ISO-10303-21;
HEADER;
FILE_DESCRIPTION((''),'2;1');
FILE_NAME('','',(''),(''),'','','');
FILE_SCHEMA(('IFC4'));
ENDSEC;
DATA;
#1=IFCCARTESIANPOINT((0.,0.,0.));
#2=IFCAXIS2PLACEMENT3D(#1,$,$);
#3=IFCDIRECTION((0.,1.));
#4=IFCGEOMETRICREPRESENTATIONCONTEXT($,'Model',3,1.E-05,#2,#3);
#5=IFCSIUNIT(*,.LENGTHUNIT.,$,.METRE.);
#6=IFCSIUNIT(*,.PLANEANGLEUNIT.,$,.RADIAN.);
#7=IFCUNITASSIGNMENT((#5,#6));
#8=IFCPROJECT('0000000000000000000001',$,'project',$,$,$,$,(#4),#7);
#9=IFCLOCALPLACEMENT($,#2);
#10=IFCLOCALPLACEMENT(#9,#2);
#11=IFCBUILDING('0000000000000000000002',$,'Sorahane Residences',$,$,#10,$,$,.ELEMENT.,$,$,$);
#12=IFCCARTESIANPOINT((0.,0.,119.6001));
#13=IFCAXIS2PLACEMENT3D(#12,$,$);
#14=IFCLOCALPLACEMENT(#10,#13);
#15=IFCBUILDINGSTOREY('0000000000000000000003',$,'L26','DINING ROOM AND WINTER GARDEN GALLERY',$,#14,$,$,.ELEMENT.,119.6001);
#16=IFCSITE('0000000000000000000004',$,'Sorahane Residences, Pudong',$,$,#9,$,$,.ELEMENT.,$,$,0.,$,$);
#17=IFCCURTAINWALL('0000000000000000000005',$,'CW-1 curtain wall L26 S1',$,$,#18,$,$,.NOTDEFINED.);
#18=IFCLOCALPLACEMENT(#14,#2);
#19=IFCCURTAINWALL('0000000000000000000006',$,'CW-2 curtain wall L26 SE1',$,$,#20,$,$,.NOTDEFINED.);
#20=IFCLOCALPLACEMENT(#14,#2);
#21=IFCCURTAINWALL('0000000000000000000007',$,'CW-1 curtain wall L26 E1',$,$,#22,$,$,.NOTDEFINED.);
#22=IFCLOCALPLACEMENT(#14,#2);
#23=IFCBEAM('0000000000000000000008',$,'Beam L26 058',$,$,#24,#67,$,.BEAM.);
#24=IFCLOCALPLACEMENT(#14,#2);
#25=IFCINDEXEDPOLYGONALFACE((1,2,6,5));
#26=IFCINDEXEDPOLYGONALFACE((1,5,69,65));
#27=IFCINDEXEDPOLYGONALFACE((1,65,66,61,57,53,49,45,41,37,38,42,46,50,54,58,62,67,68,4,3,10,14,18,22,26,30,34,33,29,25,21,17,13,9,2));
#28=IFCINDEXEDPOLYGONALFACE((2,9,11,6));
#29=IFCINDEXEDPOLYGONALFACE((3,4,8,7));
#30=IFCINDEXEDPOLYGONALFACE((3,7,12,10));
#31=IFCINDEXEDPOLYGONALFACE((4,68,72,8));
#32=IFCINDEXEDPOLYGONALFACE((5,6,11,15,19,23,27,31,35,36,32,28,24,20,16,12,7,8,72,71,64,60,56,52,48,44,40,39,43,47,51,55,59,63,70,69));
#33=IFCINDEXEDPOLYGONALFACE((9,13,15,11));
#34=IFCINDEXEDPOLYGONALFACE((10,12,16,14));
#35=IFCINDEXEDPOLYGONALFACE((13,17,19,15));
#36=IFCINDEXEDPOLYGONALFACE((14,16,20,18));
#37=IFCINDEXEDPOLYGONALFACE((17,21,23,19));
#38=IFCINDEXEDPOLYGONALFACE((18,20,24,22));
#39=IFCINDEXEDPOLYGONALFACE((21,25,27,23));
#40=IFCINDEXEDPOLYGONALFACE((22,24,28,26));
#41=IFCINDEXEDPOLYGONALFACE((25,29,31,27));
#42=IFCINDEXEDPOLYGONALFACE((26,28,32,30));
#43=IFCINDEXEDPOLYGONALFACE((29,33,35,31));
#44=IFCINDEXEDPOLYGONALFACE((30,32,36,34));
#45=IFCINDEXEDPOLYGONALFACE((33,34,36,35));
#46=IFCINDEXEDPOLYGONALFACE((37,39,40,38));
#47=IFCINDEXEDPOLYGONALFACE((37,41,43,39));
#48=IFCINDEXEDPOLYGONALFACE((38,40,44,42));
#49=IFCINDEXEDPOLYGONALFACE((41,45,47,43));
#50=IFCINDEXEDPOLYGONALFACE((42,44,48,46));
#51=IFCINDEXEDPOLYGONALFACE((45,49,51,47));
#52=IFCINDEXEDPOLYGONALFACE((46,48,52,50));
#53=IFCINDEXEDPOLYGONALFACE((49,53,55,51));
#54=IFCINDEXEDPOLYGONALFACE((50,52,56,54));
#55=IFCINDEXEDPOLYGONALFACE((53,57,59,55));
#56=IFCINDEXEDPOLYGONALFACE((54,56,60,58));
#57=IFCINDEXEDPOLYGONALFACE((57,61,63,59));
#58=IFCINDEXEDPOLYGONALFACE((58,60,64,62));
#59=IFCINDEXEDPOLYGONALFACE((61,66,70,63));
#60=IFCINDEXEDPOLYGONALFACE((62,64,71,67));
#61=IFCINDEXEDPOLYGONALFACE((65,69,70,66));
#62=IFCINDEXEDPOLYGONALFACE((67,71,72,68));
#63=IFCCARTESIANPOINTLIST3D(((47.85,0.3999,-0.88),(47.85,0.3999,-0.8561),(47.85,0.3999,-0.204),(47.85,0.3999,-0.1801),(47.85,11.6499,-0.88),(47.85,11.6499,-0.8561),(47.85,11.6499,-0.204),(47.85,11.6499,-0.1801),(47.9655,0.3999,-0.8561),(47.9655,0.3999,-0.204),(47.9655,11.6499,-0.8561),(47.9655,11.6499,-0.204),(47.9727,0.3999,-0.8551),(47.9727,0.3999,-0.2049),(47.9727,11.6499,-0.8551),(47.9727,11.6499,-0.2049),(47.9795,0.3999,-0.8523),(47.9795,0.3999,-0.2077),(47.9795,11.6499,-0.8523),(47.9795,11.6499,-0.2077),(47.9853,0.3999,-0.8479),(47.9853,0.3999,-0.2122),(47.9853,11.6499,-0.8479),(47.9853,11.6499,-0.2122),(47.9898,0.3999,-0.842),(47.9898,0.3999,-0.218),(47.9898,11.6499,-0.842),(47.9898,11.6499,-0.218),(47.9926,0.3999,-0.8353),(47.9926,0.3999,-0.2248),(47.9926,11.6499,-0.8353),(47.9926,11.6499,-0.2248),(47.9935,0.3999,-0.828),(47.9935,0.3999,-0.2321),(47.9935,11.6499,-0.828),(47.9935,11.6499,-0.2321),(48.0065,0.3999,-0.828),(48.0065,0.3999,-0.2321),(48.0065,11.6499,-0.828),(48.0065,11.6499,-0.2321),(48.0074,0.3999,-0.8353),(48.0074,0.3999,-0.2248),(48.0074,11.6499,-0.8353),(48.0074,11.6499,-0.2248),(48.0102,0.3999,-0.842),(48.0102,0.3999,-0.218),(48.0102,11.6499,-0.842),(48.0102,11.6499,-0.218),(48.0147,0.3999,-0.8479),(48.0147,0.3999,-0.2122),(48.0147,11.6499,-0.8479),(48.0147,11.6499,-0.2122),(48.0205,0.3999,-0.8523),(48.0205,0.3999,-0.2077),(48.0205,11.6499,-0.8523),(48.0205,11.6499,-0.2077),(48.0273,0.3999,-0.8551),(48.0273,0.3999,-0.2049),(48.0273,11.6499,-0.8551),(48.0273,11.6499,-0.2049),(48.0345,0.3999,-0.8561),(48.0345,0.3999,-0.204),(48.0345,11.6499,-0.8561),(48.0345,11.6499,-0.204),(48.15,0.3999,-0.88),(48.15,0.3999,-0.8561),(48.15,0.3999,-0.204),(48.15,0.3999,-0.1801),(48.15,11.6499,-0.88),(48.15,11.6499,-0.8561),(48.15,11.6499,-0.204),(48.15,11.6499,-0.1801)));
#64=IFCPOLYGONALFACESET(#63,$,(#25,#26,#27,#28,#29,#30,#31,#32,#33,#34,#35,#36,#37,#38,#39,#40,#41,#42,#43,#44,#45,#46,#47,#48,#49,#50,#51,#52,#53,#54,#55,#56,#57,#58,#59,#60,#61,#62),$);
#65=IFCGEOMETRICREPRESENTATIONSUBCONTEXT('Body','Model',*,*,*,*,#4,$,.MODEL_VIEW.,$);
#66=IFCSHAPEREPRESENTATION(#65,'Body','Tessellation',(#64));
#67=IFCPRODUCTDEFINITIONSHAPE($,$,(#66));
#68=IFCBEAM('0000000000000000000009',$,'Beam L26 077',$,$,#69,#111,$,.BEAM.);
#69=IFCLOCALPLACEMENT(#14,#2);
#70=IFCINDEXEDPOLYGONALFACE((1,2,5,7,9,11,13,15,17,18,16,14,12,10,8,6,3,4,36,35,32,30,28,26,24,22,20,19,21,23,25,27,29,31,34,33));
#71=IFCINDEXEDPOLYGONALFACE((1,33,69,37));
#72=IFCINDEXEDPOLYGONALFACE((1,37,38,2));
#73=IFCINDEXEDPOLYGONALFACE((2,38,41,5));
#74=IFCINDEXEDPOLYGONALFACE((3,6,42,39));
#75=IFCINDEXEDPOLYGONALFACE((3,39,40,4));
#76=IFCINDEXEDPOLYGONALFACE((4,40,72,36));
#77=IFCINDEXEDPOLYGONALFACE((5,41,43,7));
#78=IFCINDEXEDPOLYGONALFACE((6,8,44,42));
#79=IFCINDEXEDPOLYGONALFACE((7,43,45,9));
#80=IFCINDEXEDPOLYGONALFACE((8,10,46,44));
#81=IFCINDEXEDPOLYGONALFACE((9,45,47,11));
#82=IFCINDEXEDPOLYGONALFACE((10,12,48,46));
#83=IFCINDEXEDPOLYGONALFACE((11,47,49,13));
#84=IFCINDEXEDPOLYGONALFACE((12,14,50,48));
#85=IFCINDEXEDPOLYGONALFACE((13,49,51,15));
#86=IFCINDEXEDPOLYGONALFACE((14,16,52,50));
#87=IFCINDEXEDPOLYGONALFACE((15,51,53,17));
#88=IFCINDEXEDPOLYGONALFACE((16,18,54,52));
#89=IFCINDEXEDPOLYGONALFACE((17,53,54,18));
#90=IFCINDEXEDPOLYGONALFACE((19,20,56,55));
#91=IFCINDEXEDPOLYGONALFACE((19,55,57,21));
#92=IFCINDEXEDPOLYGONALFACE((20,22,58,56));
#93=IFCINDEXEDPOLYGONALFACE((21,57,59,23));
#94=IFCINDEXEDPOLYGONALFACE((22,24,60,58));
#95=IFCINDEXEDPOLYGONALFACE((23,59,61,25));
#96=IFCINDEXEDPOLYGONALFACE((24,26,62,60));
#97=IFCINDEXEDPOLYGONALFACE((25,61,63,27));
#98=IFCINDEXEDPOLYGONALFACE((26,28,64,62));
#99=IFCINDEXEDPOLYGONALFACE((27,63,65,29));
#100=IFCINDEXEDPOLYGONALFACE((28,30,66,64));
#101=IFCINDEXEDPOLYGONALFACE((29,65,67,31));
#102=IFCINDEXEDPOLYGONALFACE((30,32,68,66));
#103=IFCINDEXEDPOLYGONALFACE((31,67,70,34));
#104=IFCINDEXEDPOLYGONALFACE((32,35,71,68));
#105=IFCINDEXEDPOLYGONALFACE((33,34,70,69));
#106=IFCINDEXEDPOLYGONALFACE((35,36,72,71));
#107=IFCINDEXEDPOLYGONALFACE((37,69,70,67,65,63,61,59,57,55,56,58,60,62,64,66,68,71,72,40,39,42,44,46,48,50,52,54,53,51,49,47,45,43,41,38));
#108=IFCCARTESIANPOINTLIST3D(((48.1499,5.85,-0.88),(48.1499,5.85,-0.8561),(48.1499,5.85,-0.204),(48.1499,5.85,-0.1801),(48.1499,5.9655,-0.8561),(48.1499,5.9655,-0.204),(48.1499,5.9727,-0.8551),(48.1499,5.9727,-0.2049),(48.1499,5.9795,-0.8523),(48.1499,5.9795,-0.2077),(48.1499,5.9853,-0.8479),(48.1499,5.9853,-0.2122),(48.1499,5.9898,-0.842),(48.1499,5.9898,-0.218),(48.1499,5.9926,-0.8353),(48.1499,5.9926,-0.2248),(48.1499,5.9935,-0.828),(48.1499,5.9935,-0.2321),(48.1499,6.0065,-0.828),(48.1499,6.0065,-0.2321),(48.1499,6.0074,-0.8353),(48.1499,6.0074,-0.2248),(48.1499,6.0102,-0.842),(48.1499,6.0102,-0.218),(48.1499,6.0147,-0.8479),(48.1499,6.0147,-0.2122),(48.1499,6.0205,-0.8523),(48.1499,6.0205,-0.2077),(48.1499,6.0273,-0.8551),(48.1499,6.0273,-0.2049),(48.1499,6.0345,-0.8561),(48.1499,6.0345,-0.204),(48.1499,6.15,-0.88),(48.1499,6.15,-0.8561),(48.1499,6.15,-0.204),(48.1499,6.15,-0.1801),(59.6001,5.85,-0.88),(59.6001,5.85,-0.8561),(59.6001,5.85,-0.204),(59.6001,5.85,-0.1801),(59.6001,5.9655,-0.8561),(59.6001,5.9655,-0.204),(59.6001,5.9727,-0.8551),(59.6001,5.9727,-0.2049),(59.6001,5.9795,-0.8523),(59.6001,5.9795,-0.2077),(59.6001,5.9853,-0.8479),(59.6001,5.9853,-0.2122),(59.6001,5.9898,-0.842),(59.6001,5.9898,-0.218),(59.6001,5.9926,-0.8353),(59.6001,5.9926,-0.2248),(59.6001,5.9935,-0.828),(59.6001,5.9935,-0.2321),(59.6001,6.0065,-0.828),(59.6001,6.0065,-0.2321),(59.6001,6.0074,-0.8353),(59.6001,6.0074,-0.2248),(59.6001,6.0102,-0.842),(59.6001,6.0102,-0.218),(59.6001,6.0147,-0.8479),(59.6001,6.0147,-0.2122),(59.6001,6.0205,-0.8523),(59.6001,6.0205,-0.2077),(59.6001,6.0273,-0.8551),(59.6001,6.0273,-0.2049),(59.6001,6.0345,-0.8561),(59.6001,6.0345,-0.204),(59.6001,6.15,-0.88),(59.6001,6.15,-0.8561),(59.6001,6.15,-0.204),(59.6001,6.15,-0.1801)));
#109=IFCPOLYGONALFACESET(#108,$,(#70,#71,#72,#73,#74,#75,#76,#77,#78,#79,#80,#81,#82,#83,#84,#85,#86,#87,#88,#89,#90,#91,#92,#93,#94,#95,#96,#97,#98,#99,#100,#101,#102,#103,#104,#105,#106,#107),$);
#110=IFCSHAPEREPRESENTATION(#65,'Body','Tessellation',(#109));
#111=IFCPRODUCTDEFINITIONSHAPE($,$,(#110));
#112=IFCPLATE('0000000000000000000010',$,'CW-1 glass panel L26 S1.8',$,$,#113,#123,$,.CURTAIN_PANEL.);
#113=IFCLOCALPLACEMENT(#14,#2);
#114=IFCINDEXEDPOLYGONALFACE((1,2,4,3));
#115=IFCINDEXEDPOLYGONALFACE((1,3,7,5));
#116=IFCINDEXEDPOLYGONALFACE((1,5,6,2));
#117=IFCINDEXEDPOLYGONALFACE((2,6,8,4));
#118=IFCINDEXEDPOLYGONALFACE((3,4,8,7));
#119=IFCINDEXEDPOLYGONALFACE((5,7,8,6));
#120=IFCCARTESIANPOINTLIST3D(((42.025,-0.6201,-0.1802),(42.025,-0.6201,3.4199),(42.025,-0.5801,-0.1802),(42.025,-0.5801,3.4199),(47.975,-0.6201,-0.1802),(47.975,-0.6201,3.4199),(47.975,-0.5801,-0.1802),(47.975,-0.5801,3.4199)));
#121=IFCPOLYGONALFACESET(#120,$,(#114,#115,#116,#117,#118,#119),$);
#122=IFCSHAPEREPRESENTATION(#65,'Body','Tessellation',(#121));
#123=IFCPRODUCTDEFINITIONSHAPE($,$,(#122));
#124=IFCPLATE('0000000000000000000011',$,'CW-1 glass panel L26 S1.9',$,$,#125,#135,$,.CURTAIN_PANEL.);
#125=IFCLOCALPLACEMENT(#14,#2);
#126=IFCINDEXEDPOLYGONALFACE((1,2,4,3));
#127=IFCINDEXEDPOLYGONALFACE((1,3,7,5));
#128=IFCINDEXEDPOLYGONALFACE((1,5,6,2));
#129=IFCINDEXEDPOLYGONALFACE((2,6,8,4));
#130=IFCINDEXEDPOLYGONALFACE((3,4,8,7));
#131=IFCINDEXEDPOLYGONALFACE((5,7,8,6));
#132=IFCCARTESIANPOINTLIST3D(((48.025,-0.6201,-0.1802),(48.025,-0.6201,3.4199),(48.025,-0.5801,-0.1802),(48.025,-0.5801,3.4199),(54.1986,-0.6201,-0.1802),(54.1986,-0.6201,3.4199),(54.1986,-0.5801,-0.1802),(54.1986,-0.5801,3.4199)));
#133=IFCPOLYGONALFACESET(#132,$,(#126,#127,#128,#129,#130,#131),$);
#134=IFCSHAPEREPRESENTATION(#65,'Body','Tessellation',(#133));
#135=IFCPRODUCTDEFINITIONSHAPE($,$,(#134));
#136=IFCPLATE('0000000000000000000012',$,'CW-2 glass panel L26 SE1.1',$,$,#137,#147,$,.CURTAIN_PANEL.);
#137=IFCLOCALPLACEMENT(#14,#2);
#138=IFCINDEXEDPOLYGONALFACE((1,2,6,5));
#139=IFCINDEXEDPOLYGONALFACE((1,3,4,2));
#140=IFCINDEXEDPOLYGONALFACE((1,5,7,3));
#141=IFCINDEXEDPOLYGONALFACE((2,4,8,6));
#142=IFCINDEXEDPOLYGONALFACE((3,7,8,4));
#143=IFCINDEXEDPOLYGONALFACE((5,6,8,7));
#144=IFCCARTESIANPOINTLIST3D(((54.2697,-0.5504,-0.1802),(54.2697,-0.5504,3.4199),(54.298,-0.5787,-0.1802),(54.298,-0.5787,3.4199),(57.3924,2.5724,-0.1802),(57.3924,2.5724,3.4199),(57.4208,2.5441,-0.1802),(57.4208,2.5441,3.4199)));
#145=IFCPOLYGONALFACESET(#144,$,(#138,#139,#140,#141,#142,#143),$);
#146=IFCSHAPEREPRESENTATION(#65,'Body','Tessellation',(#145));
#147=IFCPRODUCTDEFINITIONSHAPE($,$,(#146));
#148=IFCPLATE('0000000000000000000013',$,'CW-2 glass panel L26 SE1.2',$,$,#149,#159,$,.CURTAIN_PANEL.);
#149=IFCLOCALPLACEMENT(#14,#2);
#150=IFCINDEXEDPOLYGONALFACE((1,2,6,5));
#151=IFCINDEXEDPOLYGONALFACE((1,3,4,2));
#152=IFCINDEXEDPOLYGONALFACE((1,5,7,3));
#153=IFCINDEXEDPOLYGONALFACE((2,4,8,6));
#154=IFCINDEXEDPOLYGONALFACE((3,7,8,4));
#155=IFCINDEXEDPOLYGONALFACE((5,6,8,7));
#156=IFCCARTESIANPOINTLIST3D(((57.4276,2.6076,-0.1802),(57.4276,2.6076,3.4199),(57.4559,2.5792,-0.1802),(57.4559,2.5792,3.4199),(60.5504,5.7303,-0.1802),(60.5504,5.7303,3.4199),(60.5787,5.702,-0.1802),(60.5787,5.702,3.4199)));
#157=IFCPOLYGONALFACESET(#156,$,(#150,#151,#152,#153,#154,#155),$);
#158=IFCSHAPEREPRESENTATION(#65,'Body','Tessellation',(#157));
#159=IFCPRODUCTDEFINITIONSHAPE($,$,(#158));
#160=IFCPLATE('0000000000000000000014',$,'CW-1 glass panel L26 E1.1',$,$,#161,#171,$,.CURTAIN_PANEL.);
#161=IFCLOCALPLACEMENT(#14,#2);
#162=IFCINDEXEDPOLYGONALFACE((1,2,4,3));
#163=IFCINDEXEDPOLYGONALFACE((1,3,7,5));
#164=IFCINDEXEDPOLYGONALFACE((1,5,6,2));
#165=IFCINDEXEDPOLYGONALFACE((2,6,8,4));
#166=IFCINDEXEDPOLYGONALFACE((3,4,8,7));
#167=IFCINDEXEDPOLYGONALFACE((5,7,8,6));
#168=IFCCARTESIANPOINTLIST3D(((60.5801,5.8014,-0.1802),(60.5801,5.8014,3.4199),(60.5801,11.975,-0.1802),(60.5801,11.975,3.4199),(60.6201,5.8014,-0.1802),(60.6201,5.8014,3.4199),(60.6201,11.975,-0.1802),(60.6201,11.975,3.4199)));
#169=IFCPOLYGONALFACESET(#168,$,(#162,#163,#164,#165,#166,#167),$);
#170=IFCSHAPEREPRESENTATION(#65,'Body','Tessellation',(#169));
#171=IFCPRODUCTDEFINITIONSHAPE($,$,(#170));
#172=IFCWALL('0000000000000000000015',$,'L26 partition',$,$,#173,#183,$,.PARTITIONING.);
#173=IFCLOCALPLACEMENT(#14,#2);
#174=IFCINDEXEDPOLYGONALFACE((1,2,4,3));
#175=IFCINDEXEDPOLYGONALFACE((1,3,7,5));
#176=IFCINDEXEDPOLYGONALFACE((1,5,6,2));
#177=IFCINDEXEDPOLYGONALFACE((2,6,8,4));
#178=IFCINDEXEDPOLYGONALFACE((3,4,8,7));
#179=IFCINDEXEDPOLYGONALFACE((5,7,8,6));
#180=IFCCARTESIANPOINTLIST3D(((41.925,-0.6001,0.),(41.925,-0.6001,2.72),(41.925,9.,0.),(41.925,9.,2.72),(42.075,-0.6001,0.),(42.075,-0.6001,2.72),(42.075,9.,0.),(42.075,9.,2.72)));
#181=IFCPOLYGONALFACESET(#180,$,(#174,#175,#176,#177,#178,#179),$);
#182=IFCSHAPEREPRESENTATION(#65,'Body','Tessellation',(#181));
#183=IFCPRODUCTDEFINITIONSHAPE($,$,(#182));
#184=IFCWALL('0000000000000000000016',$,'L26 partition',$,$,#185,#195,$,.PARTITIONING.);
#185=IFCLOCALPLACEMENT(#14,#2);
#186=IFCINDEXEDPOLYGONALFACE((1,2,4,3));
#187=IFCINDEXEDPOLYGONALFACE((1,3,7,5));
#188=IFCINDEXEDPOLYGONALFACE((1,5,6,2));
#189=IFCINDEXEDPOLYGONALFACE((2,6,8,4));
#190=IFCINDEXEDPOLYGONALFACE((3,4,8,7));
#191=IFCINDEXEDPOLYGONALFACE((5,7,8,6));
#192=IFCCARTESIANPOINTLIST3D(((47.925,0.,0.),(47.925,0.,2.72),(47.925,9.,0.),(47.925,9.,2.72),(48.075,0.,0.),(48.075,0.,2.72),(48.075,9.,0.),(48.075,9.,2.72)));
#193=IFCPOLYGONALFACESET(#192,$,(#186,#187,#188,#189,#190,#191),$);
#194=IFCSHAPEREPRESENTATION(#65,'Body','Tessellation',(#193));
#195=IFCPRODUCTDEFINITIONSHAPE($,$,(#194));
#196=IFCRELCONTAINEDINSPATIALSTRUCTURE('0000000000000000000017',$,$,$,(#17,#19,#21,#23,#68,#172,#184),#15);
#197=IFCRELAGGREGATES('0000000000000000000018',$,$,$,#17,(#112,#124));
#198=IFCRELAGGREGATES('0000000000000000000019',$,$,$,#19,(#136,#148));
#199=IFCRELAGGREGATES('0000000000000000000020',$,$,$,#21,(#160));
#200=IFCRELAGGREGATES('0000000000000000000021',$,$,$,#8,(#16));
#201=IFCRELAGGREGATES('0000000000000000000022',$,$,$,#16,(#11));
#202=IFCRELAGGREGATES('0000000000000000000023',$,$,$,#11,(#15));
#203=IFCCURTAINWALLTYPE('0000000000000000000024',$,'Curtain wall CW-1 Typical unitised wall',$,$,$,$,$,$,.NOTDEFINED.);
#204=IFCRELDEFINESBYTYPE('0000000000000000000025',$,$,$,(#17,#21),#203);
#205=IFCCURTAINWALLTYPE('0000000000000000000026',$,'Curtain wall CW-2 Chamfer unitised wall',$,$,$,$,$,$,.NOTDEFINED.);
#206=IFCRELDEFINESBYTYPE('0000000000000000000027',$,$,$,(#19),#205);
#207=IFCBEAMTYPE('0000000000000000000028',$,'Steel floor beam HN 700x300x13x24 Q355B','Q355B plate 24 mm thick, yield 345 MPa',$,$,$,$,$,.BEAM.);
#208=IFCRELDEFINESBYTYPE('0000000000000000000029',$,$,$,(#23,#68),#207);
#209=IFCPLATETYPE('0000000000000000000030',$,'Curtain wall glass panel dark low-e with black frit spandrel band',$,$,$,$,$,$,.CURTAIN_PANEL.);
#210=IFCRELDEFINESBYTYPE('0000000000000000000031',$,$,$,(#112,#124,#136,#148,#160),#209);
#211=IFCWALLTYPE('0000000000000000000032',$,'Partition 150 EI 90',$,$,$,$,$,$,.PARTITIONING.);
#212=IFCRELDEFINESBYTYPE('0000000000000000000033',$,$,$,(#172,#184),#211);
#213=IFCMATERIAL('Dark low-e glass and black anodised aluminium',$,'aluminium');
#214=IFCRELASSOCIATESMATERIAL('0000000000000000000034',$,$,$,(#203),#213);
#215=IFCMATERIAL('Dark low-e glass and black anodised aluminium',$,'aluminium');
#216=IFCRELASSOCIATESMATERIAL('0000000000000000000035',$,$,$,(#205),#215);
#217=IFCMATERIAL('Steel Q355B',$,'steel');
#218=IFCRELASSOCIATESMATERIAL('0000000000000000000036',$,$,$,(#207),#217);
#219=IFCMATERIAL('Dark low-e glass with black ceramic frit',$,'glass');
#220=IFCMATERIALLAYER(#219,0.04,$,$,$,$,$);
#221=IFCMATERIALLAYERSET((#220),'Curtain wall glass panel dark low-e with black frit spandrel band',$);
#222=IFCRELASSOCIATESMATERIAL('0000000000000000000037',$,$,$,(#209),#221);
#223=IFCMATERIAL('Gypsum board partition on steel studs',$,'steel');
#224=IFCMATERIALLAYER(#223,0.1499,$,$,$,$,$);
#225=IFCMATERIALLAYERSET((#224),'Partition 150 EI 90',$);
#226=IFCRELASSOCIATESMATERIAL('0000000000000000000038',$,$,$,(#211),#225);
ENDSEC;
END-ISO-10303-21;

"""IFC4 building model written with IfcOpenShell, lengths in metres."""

from ifc_helpers import new_model, si_unit, direction, frame, frame_2d, origin, origin_2d, place, context, subcontext, project, spatial, rectangle, i_section, extrude, material, layer, layer_set, material_profile, profile_set, type_object, element, aggregate, save


model = new_model("IFC4")

# Units and contexts
model_context = context("Model", 3, precision=1e-05, world=origin(), true_north=direction((0.0, 1.0)))
body_context = subcontext(model_context, "Body", "Model", "MODEL_VIEW")
ifc_project = project(units=[si_unit("LENGTHUNIT", "METRE"), si_unit("PLANEANGLEUNIT", "RADIAN")], contexts=[model_context])

# Site, building, storey
site_placement = place(None, origin())
site = spatial("IfcSite", under=ifc_project, at=site_placement, Name="Sorahane Residences, Pudong", CompositionType="ELEMENT", RefElevation=0.0)
building_placement = place(site_placement, origin())
building = spatial("IfcBuilding", under=site, at=building_placement, Name="Sorahane Residences", CompositionType="ELEMENT")
storey_placement = place(building_placement, frame((0.0, 0.0, 119.6001)))
storey = spatial("IfcBuildingStorey", under=building, at=storey_placement, Name="L26", Description="DINING ROOM AND WINTER GARDEN GALLERY", CompositionType="ELEMENT", Elevation=119.6001)

# Curtain walls
ifc_material_1 = material(Name="Dark low-e glass and black anodised aluminium", Category="aluminium")
curtain_wall_type_1 = type_object("IfcCurtainWallType", Name="Curtain wall CW-1 Typical unitised wall", PredefinedType="NOTDEFINED", material=ifc_material_1)
curtain_wall_1_placement = place(storey_placement, origin())
curtain_wall_1 = element("IfcCurtainWall", 1, at=curtain_wall_1_placement, inside=storey, type_object=curtain_wall_type_1, Name="CW-1 curtain wall L26 S1", PredefinedType="NOTDEFINED")
ifc_material_2 = material(Name="Dark low-e glass and black anodised aluminium", Category="aluminium")
curtain_wall_type_2 = type_object("IfcCurtainWallType", Name="Curtain wall CW-2 Chamfer unitised wall", PredefinedType="NOTDEFINED", material=ifc_material_2)
curtain_wall_2_placement = place(storey_placement, origin())
curtain_wall_2 = element("IfcCurtainWall", 2, at=curtain_wall_2_placement, inside=storey, type_object=curtain_wall_type_2, Name="CW-2 curtain wall L26 SE1", PredefinedType="NOTDEFINED")

# Curtain wall
curtain_wall_3_placement = place(storey_placement, origin())
curtain_wall_3 = element("IfcCurtainWall", 3, at=curtain_wall_3_placement, inside=storey, type_object=curtain_wall_type_1, Name="CW-1 curtain wall L26 E1", PredefinedType="NOTDEFINED")

# Beams
ifc_material_3 = material(Name="Steel Q355B", Category="steel")
ifc_material_profile_1 = material_profile(ifc_material_3, i_section(OverallWidth=0.3, OverallDepth=0.7, WebThickness=0.0129, FlangeThickness=0.0239, FilletRadius=0.0281, at=origin_2d()), Name="HN 700x300x13x24")
ifc_profile_set_1 = profile_set([ifc_material_profile_1], Name="Steel Q355B")
beam_type_1 = type_object("IfcBeamType", Name="Steel floor beam HN 700x300x13x24 Q355B", Description="Q355B plate 24 mm thick, yield 345 MPa", PredefinedType="BEAM", material=ifc_profile_set_1)
beam_1_placement = place(storey_placement, frame((48.0, 0.3999, -0.53), z_axis=(0.0, 1.0, 0.0), x_axis=(-1.0, 0.0, 0.0)))
element("IfcBeam", 4, at=beam_1_placement, inside=storey, type_object=beam_type_1, Name="Beam L26 058", PredefinedType="BEAM", context=body_context, shape_type="SweptSolid", body=[
    extrude(i_section(OverallWidth=0.3, OverallDepth=0.7, WebThickness=0.0129, FlangeThickness=0.0239, FilletRadius=0.0281, at=origin_2d()), origin(), (0.0, 0.0, 1.0), 11.25),
])
beam_2_placement = place(storey_placement, frame((48.1499, 6.0, -0.53), z_axis=(1.0, 0.0, 0.0), x_axis=(0.0, 1.0, 0.0)))
element("IfcBeam", 5, at=beam_2_placement, inside=storey, type_object=beam_type_1, Name="Beam L26 077", PredefinedType="BEAM", context=body_context, shape_type="SweptSolid", body=[
    extrude(i_section(OverallWidth=0.3, OverallDepth=0.7, WebThickness=0.0129, FlangeThickness=0.0239, FilletRadius=0.0281, at=origin_2d()), origin(), (0.0, 0.0, 1.0), 11.4502),
])

# Plates
ifc_material_4 = material(Name="Dark low-e glass with black ceramic frit", Category="glass")
ifc_layer_1 = layer(ifc_material_4, 0.04)
ifc_layer_set_1 = layer_set([ifc_layer_1], Name="Curtain wall glass panel dark low-e with black frit spandrel band")
plate_type = type_object("IfcPlateType", Name="Curtain wall glass panel dark low-e with black frit spandrel band", PredefinedType="CURTAIN_PANEL", material=ifc_layer_set_1)
plate_1_placement = place(storey_placement, frame((45.0, -0.6001, -0.1802), z_axis=(0.0, 0.0, 1.0), x_axis=(1.0, 0.0, 0.0)))
plate_1 = element("IfcPlate", 6, at=plate_1_placement, type_object=plate_type, Name="CW-1 glass panel L26 S1.8", PredefinedType="CURTAIN_PANEL", context=body_context, shape_type="SweptSolid", body=[
    extrude(rectangle(XDim=5.95, YDim=0.04, at=origin_2d()), origin(), (0.0, 0.0, 1.0), 3.6001),
])
plate_2_placement = place(storey_placement, frame((51.1118, -0.6001, -0.1802), z_axis=(0.0, 0.0, 1.0), x_axis=(1.0, 0.0, 0.0)))
plate_2 = element("IfcPlate", 7, at=plate_2_placement, type_object=plate_type, Name="CW-1 glass panel L26 S1.9", PredefinedType="CURTAIN_PANEL", context=body_context, shape_type="SweptSolid", body=[
    extrude(rectangle(XDim=6.1736, YDim=0.04, at=origin_2d()), origin(), (0.0, 0.0, 1.0), 3.6001),
])
aggregate(curtain_wall_1, [plate_1, plate_2])
plate_3_placement = place(storey_placement, frame((55.8452, 0.9968, -0.1802), z_axis=(0.0, 0.0, 1.0), x_axis=(0.707107, 0.707107, 0.0)))
plate_3 = element("IfcPlate", 8, at=plate_3_placement, type_object=plate_type, Name="CW-2 glass panel L26 SE1.1", PredefinedType="CURTAIN_PANEL", context=body_context, shape_type="SweptSolid", body=[
    extrude(rectangle(XDim=4.4163, YDim=0.04, at=origin_2d()), origin(), (0.0, 0.0, 1.0), 3.6001),
])
plate_4_placement = place(storey_placement, frame((59.0032, 4.1548, -0.1802), z_axis=(0.0, 0.0, 1.0), x_axis=(0.707107, 0.707107, 0.0)))
plate_4 = element("IfcPlate", 9, at=plate_4_placement, type_object=plate_type, Name="CW-2 glass panel L26 SE1.2", PredefinedType="CURTAIN_PANEL", context=body_context, shape_type="SweptSolid", body=[
    extrude(rectangle(XDim=4.4163, YDim=0.04, at=origin_2d()), origin(), (0.0, 0.0, 1.0), 3.6001),
])
aggregate(curtain_wall_2, [plate_3, plate_4])
plate_5_placement = place(storey_placement, frame((60.6001, 8.8882, -0.1802), z_axis=(0.0, 0.0, 1.0), x_axis=(0.0, 1.0, 0.0)))
plate_5 = element("IfcPlate", 10, at=plate_5_placement, type_object=plate_type, Name="CW-1 glass panel L26 E1.1", PredefinedType="CURTAIN_PANEL", context=body_context, shape_type="SweptSolid", body=[
    extrude(rectangle(XDim=6.1736, YDim=0.04, at=origin_2d()), origin(), (0.0, 0.0, 1.0), 3.6001),
])
aggregate(curtain_wall_3, [plate_5])

# Walls
ifc_material_5 = material(Name="Gypsum board partition on steel studs", Category="steel")
ifc_layer_2 = layer(ifc_material_5, 0.1499)
ifc_layer_set_2 = layer_set([ifc_layer_2], Name="Partition 150 EI 90")
wall_type = type_object("IfcWallType", Name="Partition 150 EI 90", PredefinedType="PARTITIONING", material=ifc_layer_set_2)
wall_1_placement = place(storey_placement, frame((42.0, -0.6001, 0.0), z_axis=(0.0, 0.0, 1.0), x_axis=(0.0, 1.0, 0.0)))
element("IfcWall", 11, at=wall_1_placement, inside=storey, type_object=wall_type, Name="L26 partition", PredefinedType="PARTITIONING", context=body_context, shape_type="SweptSolid", body=[
    extrude(rectangle(XDim=9.6001, YDim=0.1499, at=frame_2d((4.8, 0.0))), origin(), (0.0, 0.0, 1.0), 2.72),
])
wall_2_placement = place(storey_placement, frame((48.0, 0.0, 0.0), z_axis=(0.0, 0.0, 1.0), x_axis=(0.0, 1.0, 0.0)))
element("IfcWall", 12, at=wall_2_placement, inside=storey, type_object=wall_type, Name="L26 partition", PredefinedType="PARTITIONING", context=body_context, shape_type="SweptSolid", body=[
    extrude(rectangle(XDim=9.0, YDim=0.1499, at=frame_2d((4.5, 0.0))), origin(), (0.0, 0.0, 1.0), 2.72),
])

save(model, "model.ifc")
